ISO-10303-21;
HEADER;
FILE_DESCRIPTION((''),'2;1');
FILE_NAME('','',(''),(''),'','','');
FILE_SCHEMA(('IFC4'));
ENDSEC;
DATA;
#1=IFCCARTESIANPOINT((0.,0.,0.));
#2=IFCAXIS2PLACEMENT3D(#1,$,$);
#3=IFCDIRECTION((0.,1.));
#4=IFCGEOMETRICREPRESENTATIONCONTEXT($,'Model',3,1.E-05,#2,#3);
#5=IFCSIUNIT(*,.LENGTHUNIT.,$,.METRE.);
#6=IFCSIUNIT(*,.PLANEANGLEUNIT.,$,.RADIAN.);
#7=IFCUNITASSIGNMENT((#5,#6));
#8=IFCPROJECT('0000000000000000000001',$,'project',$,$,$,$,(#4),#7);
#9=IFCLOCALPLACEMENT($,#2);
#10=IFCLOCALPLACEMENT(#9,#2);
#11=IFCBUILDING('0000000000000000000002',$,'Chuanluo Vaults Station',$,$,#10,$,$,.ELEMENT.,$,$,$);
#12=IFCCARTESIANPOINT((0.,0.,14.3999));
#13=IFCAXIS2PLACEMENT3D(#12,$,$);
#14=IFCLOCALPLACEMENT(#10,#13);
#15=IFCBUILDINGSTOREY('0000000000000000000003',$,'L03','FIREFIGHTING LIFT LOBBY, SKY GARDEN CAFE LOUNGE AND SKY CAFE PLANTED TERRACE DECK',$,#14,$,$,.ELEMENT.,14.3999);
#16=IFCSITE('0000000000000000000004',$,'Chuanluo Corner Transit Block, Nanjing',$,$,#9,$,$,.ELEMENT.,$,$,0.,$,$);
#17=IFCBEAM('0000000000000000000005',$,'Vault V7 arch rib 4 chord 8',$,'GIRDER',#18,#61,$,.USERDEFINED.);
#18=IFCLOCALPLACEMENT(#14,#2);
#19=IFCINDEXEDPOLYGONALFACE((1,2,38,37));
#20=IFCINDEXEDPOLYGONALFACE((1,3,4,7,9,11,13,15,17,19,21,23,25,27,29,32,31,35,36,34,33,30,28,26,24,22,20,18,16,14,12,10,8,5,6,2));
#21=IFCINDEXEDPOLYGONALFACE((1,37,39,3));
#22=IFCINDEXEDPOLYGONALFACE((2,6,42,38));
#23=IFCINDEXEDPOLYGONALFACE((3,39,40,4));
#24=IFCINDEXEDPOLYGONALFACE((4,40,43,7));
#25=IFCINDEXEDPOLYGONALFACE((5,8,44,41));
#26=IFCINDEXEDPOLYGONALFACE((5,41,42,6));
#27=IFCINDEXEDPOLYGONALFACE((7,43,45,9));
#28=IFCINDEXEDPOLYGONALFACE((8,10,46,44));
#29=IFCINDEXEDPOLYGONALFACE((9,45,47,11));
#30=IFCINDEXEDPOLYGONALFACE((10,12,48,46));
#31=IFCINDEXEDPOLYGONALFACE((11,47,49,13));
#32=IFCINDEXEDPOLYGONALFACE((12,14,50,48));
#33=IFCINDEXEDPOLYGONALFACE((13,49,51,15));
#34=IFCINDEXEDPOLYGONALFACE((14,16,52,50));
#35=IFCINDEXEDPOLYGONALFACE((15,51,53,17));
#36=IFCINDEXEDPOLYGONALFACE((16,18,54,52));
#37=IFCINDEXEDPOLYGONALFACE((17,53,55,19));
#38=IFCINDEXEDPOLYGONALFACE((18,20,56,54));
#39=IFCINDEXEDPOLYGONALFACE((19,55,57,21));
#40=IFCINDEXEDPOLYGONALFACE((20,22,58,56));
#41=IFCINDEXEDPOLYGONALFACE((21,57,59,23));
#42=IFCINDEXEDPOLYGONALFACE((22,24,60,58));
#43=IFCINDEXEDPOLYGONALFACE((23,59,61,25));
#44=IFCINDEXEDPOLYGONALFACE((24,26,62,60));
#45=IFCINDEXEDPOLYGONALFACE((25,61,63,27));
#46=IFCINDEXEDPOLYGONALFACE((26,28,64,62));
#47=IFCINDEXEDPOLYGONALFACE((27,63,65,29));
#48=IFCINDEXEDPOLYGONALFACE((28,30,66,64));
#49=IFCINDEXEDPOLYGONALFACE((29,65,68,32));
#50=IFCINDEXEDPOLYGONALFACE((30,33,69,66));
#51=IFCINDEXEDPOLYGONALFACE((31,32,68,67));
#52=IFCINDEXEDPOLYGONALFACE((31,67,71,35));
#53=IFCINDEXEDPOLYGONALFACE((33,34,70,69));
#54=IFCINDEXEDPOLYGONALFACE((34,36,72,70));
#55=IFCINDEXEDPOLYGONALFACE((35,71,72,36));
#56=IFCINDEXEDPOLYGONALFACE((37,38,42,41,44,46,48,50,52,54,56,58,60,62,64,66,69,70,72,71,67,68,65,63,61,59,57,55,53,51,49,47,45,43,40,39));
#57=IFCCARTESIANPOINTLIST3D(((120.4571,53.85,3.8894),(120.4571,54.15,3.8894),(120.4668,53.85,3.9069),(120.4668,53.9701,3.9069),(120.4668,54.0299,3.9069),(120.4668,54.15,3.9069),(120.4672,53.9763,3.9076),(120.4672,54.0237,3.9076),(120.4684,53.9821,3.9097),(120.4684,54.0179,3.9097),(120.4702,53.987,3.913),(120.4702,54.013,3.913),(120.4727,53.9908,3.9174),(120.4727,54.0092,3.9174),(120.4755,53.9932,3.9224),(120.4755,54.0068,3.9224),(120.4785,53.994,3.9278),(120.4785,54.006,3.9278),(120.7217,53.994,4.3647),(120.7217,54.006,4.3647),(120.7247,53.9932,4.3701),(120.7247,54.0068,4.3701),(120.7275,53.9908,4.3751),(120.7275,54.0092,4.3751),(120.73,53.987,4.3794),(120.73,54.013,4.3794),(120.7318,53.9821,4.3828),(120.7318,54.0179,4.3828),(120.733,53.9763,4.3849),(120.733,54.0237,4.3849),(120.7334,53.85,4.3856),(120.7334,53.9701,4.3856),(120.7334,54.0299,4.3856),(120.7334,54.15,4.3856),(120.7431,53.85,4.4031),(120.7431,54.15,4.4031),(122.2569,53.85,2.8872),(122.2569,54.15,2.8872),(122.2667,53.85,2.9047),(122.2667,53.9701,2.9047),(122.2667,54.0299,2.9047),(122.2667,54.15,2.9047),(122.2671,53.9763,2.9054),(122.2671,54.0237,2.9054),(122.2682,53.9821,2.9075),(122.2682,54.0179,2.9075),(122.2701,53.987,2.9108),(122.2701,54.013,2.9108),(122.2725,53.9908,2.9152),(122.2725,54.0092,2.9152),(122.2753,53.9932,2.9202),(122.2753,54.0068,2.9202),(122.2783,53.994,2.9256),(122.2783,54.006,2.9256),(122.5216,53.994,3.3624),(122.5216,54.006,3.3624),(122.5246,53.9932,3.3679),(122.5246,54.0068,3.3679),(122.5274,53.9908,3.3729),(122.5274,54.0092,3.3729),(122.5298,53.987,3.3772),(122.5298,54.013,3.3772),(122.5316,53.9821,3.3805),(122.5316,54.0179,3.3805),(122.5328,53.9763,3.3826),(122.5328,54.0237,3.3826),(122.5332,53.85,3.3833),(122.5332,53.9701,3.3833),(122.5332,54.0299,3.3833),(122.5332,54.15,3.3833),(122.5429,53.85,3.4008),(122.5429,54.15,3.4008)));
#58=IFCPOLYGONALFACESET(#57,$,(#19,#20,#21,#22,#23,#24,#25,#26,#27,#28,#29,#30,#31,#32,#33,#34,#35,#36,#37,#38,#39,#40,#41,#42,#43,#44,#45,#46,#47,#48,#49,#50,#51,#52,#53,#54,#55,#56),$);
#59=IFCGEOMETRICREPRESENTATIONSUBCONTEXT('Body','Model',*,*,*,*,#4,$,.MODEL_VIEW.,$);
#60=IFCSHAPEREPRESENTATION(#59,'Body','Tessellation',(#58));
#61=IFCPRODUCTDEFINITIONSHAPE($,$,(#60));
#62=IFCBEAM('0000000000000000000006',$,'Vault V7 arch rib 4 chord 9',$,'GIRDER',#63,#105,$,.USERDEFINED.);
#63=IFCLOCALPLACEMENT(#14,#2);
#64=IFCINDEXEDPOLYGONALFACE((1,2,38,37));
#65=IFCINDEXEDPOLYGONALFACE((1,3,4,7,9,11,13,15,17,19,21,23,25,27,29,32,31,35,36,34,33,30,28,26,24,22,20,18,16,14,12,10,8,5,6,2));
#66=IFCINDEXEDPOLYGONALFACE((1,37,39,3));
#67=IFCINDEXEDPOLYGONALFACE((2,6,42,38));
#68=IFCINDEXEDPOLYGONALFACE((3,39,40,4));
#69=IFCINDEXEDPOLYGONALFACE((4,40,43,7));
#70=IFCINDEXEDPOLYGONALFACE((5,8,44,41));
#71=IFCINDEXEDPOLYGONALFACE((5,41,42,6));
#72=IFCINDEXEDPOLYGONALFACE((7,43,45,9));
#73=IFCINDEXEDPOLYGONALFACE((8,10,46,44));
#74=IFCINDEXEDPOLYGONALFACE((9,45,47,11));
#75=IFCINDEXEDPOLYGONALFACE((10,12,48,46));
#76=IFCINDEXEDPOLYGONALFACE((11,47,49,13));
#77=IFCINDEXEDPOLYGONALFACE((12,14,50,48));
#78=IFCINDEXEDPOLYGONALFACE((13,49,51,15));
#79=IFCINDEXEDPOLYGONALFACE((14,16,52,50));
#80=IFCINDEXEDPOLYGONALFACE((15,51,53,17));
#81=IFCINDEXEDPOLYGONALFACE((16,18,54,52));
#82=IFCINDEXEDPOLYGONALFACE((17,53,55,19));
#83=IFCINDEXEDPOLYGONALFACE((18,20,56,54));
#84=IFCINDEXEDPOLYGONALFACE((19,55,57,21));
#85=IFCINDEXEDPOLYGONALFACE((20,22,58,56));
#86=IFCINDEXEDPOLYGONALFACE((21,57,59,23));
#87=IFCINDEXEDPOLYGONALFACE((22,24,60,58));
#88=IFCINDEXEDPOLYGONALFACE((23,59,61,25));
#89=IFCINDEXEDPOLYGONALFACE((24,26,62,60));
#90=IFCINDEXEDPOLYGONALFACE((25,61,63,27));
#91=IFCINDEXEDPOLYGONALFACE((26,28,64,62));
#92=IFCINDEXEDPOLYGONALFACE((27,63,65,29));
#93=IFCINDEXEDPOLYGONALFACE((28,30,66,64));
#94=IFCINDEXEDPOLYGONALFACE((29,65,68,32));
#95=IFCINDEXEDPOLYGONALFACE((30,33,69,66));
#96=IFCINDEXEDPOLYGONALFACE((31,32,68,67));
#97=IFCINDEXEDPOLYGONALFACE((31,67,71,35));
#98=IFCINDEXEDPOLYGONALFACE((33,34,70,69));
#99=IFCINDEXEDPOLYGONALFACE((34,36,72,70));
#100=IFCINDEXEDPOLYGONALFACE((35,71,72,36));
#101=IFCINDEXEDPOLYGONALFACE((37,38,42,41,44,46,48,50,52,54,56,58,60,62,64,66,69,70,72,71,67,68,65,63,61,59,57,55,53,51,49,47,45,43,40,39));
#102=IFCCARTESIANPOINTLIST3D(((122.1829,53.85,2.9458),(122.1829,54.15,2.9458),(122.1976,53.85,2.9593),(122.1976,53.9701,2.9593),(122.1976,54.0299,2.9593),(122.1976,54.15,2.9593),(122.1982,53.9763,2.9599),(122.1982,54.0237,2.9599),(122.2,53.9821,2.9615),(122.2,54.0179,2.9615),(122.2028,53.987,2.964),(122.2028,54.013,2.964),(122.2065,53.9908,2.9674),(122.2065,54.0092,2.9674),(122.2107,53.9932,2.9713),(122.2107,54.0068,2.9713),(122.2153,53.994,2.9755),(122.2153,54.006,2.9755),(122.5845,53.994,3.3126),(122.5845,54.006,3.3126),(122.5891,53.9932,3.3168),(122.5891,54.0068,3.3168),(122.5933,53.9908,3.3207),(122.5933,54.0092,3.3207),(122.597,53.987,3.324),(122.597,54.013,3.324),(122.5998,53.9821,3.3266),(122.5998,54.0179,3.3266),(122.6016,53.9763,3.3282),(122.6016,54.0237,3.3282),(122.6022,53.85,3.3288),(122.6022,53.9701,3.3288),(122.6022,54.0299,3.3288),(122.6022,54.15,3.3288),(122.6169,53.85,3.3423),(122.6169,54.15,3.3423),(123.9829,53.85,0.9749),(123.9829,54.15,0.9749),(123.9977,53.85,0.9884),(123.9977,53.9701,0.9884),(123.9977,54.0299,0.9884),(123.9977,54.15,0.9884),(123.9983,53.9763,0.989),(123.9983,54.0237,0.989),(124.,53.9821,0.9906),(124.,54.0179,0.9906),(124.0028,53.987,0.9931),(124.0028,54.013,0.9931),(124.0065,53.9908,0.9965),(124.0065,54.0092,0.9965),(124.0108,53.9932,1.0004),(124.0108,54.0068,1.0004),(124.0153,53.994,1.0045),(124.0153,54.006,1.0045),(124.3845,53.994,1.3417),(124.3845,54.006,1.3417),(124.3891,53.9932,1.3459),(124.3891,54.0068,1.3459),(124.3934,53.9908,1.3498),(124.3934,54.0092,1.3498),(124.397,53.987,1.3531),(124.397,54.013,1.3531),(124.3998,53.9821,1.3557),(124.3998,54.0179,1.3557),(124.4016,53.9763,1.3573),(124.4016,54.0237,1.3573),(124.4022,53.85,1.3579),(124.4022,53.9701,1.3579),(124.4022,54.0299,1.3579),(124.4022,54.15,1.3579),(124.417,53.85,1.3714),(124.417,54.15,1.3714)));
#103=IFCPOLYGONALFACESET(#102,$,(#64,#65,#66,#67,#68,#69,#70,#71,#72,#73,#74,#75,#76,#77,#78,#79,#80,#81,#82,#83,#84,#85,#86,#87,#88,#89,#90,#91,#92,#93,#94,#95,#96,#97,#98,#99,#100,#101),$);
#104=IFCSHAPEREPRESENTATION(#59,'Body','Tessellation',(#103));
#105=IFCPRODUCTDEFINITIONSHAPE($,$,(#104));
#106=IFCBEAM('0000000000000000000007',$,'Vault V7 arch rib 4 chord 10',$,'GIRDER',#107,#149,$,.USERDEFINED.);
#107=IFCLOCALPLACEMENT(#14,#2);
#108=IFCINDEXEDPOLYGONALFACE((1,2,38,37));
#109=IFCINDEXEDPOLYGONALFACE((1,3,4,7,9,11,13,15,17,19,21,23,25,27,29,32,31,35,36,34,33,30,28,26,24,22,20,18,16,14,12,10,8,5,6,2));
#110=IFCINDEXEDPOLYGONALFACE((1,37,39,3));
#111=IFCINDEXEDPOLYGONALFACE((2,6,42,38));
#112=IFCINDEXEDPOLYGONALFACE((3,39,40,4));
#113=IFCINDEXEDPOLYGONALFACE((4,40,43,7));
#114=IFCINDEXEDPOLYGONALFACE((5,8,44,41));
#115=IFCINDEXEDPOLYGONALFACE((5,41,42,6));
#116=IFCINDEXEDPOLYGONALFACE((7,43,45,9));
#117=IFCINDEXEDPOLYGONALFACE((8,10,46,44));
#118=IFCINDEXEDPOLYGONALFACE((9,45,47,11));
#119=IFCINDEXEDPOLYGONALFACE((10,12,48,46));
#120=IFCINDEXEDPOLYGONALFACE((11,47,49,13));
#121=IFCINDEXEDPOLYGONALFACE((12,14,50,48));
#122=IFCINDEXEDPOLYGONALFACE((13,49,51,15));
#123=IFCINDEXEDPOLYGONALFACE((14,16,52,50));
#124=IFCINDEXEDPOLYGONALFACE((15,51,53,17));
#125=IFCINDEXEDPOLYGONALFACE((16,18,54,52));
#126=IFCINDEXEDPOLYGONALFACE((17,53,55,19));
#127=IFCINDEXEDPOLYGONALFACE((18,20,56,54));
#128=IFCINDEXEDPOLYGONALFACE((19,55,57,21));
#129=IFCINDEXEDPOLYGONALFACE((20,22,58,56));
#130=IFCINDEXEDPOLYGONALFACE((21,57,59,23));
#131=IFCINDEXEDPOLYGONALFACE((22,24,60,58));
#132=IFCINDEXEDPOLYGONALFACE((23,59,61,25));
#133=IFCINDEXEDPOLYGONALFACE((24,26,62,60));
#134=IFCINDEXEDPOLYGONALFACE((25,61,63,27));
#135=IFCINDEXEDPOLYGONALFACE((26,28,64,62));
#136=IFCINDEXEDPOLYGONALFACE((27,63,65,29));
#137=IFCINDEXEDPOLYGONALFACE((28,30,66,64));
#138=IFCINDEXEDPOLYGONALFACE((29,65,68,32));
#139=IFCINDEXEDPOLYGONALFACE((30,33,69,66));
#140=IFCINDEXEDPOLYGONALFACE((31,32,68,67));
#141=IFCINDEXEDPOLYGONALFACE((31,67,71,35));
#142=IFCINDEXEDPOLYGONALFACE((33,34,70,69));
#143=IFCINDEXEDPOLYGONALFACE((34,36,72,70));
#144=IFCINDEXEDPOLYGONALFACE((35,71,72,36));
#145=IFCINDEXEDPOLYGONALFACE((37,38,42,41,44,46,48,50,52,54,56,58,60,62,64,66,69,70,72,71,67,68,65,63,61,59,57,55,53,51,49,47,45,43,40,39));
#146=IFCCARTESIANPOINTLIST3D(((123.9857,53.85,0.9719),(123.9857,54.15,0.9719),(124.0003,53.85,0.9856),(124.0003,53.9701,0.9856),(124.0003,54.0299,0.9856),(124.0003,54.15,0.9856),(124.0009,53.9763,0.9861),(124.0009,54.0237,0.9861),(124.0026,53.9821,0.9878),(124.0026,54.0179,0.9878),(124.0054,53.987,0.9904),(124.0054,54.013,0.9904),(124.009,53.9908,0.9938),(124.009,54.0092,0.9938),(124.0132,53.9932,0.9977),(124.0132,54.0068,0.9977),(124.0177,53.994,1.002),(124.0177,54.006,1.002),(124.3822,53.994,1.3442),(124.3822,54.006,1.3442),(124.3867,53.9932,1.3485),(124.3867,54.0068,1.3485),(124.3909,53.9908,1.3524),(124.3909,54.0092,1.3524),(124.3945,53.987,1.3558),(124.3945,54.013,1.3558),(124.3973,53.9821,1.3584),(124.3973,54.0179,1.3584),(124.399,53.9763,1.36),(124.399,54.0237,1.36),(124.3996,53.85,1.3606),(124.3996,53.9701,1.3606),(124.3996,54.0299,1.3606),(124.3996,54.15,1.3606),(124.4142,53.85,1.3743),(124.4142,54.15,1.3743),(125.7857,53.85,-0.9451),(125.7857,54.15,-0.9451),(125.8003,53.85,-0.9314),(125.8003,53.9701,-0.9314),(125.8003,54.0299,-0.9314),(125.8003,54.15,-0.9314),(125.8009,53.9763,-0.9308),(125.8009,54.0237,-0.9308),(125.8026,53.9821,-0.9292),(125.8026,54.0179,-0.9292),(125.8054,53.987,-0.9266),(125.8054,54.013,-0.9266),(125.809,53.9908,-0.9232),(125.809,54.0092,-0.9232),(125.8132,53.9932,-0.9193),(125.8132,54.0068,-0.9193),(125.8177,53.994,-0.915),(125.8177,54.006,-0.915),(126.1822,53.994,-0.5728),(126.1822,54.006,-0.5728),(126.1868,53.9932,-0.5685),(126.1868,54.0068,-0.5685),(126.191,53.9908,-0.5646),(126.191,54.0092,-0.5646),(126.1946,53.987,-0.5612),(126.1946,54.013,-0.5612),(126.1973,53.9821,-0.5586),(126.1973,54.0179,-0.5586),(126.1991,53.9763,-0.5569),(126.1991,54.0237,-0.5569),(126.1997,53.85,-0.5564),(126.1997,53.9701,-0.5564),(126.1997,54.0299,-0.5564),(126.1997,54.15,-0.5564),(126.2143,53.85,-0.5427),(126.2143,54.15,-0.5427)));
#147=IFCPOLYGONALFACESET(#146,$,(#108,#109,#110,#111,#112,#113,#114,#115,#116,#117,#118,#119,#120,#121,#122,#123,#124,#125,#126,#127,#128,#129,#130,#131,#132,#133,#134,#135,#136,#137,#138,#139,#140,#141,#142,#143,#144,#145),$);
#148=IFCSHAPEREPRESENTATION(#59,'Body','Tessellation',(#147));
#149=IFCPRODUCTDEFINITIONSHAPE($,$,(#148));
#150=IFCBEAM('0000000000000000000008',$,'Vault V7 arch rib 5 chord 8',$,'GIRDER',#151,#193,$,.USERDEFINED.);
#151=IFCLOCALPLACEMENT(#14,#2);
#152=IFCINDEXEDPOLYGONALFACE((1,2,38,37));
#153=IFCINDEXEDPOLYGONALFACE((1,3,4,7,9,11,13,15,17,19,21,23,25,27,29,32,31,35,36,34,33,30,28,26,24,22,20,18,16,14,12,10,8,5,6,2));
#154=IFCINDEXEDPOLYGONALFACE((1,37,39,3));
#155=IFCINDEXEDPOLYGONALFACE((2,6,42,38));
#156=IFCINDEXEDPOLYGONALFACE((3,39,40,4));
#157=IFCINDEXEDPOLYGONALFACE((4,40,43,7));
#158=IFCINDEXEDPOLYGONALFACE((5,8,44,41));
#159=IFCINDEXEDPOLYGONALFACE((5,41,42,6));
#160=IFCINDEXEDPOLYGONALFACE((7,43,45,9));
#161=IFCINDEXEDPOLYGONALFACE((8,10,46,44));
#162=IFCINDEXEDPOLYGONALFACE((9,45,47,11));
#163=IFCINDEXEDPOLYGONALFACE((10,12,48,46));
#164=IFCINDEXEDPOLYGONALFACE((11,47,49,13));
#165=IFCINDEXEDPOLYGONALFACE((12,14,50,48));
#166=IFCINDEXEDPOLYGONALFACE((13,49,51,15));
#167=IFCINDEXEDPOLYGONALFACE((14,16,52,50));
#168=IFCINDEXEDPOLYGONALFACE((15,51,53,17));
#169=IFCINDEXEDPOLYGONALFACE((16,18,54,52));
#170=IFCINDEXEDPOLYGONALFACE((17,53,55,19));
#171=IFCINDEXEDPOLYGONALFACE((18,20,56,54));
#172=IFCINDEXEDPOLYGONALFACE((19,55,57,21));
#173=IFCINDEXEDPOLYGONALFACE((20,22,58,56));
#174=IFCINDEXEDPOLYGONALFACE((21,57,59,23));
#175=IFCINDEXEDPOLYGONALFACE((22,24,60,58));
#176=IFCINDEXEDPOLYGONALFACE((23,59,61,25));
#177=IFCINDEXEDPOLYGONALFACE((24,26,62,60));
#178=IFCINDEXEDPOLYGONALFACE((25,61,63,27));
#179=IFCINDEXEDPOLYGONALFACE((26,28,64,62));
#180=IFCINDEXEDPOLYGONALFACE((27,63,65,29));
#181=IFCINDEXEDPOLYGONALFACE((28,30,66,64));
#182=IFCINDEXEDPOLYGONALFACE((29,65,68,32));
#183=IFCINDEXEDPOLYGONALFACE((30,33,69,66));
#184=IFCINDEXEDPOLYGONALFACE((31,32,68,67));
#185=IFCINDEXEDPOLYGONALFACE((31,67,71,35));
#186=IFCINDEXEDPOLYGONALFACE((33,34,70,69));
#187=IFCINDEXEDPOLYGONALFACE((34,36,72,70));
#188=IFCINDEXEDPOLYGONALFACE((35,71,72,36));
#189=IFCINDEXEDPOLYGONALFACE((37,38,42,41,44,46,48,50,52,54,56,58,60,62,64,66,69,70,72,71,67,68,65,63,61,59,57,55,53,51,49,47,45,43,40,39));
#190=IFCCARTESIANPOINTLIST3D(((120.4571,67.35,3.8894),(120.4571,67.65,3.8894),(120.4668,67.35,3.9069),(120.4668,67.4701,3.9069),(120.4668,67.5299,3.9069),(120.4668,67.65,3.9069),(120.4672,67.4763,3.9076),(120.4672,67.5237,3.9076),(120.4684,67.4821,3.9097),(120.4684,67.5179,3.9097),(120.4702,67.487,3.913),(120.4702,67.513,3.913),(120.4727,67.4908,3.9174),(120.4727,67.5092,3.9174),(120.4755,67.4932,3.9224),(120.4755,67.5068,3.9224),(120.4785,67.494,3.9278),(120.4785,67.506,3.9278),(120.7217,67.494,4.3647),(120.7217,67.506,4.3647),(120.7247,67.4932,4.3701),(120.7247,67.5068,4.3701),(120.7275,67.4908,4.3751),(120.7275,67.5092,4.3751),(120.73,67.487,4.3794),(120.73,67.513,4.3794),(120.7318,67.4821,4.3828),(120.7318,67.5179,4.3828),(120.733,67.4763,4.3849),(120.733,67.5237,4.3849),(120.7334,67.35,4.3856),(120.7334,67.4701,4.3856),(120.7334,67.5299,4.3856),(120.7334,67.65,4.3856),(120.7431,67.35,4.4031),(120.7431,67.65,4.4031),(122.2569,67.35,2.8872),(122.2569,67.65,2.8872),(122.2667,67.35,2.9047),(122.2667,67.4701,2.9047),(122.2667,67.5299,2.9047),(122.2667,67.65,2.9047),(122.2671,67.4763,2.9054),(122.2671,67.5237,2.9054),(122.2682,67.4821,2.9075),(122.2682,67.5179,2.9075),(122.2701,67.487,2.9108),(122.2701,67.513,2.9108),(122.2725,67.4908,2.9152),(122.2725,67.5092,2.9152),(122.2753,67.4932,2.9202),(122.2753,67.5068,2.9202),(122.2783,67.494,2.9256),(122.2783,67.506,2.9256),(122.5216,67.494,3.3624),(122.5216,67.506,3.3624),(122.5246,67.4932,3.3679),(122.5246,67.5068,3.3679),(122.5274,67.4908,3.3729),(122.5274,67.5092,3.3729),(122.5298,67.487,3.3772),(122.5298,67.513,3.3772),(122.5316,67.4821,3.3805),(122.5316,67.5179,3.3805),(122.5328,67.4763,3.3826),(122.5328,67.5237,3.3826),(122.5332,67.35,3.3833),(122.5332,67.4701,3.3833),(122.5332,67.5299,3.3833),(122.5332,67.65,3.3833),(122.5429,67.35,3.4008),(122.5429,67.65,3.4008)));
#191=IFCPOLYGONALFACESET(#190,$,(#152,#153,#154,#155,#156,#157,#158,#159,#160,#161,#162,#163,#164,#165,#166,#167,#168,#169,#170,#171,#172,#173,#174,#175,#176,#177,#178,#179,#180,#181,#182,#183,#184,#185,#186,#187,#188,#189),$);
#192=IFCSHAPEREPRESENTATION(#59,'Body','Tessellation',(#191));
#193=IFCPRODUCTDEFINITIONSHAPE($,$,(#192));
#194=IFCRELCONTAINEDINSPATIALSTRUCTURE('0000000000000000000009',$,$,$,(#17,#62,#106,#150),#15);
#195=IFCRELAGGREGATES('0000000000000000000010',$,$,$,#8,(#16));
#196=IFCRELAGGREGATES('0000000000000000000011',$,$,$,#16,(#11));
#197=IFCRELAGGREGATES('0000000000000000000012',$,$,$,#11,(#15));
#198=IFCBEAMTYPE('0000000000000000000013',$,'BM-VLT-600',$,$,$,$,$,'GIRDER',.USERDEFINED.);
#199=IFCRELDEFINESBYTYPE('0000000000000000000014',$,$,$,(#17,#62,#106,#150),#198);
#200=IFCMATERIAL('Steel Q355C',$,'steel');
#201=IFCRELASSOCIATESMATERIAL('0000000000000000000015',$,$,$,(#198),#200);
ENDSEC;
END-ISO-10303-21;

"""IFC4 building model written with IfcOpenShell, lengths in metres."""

from ifc_helpers import new_model, si_unit, direction, frame, origin, origin_2d, place, context, subcontext, project, spatial, i_section, extrude, material, material_profile, profile_set, type_object, element, save


model = new_model("IFC4")

# Units and contexts
model_context = context("Model", 3, precision=1e-05, world=origin(), true_north=direction((0.0, 1.0)))
body_context = subcontext(model_context, "Body", "Model", "MODEL_VIEW")
ifc_project = project(units=[si_unit("LENGTHUNIT", "METRE"), si_unit("PLANEANGLEUNIT", "RADIAN")], contexts=[model_context])

# Site, building, storey
site_placement = place(None, origin())
site = spatial("IfcSite", under=ifc_project, at=site_placement, Name="Chuanluo Corner Transit Block, Nanjing", CompositionType="ELEMENT", RefElevation=0.0)
building_placement = place(site_placement, origin())
building = spatial("IfcBuilding", under=site, at=building_placement, Name="Chuanluo Vaults Station", CompositionType="ELEMENT")
storey_placement = place(building_placement, frame((0.0, 0.0, 14.3999)))
storey = spatial("IfcBuildingStorey", under=building, at=storey_placement, Name="L03", Description="FIREFIGHTING LIFT LOBBY, SKY GARDEN CAFE LOUNGE AND SKY CAFE PLANTED TERRACE DECK", CompositionType="ELEMENT", Elevation=14.3999)

# Beams
ifc_material_1 = material(Name="Steel Q355C", Category="steel")
ifc_material_profile_1 = material_profile(ifc_material_1, i_section(OverallWidth=0.3, OverallDepth=0.5879, WebThickness=0.012, FlangeThickness=0.02, FilletRadius=0.0239, at=origin_2d()))
ifc_profile_set_1 = profile_set([ifc_material_profile_1], Name="Steel Q355C")
beam_type = type_object("IfcBeamType", Name="BM-VLT-600", ElementType="GIRDER", PredefinedType="USERDEFINED", material=ifc_profile_set_1)
beam_1_placement = place(storey_placement, frame((120.6001, 54.0, 4.1462), z_axis=(0.873682, 0.0, -0.486498), x_axis=(0.0, 1.0, 0.0)))
element("IfcBeam", 1, at=beam_1_placement, inside=storey, type_object=beam_type, Name="Vault V7 arch rib 4 chord 8", ObjectType="GIRDER", PredefinedType="USERDEFINED", context=body_context, shape_type="SweptSolid", body=[
    extrude(i_section(OverallWidth=0.3, OverallDepth=0.5879, WebThickness=0.012, FlangeThickness=0.02, FilletRadius=0.0239, at=origin_2d()), origin(), (0.0, 0.0, 1.0), 2.0601),
])
beam_2_placement = place(storey_placement, frame((122.3999, 54.0, 3.144), z_axis=(0.674369, 0.0, -0.738394), x_axis=(0.0, 1.0, 0.0)))
element("IfcBeam", 2, at=beam_2_placement, inside=storey, type_object=beam_type, Name="Vault V7 arch rib 4 chord 9", ObjectType="GIRDER", PredefinedType="USERDEFINED", context=body_context, shape_type="SweptSolid", body=[
    extrude(i_section(OverallWidth=0.3, OverallDepth=0.5879, WebThickness=0.012, FlangeThickness=0.02, FilletRadius=0.0239, at=origin_2d()), origin(), (0.0, 0.0, 1.0), 2.6692),
])
beam_3_placement = place(storey_placement, frame((124.2, 54.0, 1.1731), z_axis=(0.684522, 0.0, -0.728993), x_axis=(0.0, 1.0, 0.0)))
element("IfcBeam", 3, at=beam_3_placement, inside=storey, type_object=beam_type, Name="Vault V7 arch rib 4 chord 10", ObjectType="GIRDER", PredefinedType="USERDEFINED", context=body_context, shape_type="SweptSolid", body=[
    extrude(i_section(OverallWidth=0.3, OverallDepth=0.5879, WebThickness=0.012, FlangeThickness=0.02, FilletRadius=0.0239, at=origin_2d()), origin(), (0.0, 0.0, 1.0), 2.6296),
])
beam_4_placement = place(storey_placement, frame((120.6001, 67.5, 4.1462), z_axis=(0.873682, 0.0, -0.486498), x_axis=(0.0, 1.0, 0.0)))
element("IfcBeam", 4, at=beam_4_placement, inside=storey, type_object=beam_type, Name="Vault V7 arch rib 5 chord 8", ObjectType="GIRDER", PredefinedType="USERDEFINED", context=body_context, shape_type="SweptSolid", body=[
    extrude(i_section(OverallWidth=0.3, OverallDepth=0.5879, WebThickness=0.012, FlangeThickness=0.02, FilletRadius=0.0239, at=origin_2d()), origin(), (0.0, 0.0, 1.0), 2.0601),
])

save(model, "model.ifc")
